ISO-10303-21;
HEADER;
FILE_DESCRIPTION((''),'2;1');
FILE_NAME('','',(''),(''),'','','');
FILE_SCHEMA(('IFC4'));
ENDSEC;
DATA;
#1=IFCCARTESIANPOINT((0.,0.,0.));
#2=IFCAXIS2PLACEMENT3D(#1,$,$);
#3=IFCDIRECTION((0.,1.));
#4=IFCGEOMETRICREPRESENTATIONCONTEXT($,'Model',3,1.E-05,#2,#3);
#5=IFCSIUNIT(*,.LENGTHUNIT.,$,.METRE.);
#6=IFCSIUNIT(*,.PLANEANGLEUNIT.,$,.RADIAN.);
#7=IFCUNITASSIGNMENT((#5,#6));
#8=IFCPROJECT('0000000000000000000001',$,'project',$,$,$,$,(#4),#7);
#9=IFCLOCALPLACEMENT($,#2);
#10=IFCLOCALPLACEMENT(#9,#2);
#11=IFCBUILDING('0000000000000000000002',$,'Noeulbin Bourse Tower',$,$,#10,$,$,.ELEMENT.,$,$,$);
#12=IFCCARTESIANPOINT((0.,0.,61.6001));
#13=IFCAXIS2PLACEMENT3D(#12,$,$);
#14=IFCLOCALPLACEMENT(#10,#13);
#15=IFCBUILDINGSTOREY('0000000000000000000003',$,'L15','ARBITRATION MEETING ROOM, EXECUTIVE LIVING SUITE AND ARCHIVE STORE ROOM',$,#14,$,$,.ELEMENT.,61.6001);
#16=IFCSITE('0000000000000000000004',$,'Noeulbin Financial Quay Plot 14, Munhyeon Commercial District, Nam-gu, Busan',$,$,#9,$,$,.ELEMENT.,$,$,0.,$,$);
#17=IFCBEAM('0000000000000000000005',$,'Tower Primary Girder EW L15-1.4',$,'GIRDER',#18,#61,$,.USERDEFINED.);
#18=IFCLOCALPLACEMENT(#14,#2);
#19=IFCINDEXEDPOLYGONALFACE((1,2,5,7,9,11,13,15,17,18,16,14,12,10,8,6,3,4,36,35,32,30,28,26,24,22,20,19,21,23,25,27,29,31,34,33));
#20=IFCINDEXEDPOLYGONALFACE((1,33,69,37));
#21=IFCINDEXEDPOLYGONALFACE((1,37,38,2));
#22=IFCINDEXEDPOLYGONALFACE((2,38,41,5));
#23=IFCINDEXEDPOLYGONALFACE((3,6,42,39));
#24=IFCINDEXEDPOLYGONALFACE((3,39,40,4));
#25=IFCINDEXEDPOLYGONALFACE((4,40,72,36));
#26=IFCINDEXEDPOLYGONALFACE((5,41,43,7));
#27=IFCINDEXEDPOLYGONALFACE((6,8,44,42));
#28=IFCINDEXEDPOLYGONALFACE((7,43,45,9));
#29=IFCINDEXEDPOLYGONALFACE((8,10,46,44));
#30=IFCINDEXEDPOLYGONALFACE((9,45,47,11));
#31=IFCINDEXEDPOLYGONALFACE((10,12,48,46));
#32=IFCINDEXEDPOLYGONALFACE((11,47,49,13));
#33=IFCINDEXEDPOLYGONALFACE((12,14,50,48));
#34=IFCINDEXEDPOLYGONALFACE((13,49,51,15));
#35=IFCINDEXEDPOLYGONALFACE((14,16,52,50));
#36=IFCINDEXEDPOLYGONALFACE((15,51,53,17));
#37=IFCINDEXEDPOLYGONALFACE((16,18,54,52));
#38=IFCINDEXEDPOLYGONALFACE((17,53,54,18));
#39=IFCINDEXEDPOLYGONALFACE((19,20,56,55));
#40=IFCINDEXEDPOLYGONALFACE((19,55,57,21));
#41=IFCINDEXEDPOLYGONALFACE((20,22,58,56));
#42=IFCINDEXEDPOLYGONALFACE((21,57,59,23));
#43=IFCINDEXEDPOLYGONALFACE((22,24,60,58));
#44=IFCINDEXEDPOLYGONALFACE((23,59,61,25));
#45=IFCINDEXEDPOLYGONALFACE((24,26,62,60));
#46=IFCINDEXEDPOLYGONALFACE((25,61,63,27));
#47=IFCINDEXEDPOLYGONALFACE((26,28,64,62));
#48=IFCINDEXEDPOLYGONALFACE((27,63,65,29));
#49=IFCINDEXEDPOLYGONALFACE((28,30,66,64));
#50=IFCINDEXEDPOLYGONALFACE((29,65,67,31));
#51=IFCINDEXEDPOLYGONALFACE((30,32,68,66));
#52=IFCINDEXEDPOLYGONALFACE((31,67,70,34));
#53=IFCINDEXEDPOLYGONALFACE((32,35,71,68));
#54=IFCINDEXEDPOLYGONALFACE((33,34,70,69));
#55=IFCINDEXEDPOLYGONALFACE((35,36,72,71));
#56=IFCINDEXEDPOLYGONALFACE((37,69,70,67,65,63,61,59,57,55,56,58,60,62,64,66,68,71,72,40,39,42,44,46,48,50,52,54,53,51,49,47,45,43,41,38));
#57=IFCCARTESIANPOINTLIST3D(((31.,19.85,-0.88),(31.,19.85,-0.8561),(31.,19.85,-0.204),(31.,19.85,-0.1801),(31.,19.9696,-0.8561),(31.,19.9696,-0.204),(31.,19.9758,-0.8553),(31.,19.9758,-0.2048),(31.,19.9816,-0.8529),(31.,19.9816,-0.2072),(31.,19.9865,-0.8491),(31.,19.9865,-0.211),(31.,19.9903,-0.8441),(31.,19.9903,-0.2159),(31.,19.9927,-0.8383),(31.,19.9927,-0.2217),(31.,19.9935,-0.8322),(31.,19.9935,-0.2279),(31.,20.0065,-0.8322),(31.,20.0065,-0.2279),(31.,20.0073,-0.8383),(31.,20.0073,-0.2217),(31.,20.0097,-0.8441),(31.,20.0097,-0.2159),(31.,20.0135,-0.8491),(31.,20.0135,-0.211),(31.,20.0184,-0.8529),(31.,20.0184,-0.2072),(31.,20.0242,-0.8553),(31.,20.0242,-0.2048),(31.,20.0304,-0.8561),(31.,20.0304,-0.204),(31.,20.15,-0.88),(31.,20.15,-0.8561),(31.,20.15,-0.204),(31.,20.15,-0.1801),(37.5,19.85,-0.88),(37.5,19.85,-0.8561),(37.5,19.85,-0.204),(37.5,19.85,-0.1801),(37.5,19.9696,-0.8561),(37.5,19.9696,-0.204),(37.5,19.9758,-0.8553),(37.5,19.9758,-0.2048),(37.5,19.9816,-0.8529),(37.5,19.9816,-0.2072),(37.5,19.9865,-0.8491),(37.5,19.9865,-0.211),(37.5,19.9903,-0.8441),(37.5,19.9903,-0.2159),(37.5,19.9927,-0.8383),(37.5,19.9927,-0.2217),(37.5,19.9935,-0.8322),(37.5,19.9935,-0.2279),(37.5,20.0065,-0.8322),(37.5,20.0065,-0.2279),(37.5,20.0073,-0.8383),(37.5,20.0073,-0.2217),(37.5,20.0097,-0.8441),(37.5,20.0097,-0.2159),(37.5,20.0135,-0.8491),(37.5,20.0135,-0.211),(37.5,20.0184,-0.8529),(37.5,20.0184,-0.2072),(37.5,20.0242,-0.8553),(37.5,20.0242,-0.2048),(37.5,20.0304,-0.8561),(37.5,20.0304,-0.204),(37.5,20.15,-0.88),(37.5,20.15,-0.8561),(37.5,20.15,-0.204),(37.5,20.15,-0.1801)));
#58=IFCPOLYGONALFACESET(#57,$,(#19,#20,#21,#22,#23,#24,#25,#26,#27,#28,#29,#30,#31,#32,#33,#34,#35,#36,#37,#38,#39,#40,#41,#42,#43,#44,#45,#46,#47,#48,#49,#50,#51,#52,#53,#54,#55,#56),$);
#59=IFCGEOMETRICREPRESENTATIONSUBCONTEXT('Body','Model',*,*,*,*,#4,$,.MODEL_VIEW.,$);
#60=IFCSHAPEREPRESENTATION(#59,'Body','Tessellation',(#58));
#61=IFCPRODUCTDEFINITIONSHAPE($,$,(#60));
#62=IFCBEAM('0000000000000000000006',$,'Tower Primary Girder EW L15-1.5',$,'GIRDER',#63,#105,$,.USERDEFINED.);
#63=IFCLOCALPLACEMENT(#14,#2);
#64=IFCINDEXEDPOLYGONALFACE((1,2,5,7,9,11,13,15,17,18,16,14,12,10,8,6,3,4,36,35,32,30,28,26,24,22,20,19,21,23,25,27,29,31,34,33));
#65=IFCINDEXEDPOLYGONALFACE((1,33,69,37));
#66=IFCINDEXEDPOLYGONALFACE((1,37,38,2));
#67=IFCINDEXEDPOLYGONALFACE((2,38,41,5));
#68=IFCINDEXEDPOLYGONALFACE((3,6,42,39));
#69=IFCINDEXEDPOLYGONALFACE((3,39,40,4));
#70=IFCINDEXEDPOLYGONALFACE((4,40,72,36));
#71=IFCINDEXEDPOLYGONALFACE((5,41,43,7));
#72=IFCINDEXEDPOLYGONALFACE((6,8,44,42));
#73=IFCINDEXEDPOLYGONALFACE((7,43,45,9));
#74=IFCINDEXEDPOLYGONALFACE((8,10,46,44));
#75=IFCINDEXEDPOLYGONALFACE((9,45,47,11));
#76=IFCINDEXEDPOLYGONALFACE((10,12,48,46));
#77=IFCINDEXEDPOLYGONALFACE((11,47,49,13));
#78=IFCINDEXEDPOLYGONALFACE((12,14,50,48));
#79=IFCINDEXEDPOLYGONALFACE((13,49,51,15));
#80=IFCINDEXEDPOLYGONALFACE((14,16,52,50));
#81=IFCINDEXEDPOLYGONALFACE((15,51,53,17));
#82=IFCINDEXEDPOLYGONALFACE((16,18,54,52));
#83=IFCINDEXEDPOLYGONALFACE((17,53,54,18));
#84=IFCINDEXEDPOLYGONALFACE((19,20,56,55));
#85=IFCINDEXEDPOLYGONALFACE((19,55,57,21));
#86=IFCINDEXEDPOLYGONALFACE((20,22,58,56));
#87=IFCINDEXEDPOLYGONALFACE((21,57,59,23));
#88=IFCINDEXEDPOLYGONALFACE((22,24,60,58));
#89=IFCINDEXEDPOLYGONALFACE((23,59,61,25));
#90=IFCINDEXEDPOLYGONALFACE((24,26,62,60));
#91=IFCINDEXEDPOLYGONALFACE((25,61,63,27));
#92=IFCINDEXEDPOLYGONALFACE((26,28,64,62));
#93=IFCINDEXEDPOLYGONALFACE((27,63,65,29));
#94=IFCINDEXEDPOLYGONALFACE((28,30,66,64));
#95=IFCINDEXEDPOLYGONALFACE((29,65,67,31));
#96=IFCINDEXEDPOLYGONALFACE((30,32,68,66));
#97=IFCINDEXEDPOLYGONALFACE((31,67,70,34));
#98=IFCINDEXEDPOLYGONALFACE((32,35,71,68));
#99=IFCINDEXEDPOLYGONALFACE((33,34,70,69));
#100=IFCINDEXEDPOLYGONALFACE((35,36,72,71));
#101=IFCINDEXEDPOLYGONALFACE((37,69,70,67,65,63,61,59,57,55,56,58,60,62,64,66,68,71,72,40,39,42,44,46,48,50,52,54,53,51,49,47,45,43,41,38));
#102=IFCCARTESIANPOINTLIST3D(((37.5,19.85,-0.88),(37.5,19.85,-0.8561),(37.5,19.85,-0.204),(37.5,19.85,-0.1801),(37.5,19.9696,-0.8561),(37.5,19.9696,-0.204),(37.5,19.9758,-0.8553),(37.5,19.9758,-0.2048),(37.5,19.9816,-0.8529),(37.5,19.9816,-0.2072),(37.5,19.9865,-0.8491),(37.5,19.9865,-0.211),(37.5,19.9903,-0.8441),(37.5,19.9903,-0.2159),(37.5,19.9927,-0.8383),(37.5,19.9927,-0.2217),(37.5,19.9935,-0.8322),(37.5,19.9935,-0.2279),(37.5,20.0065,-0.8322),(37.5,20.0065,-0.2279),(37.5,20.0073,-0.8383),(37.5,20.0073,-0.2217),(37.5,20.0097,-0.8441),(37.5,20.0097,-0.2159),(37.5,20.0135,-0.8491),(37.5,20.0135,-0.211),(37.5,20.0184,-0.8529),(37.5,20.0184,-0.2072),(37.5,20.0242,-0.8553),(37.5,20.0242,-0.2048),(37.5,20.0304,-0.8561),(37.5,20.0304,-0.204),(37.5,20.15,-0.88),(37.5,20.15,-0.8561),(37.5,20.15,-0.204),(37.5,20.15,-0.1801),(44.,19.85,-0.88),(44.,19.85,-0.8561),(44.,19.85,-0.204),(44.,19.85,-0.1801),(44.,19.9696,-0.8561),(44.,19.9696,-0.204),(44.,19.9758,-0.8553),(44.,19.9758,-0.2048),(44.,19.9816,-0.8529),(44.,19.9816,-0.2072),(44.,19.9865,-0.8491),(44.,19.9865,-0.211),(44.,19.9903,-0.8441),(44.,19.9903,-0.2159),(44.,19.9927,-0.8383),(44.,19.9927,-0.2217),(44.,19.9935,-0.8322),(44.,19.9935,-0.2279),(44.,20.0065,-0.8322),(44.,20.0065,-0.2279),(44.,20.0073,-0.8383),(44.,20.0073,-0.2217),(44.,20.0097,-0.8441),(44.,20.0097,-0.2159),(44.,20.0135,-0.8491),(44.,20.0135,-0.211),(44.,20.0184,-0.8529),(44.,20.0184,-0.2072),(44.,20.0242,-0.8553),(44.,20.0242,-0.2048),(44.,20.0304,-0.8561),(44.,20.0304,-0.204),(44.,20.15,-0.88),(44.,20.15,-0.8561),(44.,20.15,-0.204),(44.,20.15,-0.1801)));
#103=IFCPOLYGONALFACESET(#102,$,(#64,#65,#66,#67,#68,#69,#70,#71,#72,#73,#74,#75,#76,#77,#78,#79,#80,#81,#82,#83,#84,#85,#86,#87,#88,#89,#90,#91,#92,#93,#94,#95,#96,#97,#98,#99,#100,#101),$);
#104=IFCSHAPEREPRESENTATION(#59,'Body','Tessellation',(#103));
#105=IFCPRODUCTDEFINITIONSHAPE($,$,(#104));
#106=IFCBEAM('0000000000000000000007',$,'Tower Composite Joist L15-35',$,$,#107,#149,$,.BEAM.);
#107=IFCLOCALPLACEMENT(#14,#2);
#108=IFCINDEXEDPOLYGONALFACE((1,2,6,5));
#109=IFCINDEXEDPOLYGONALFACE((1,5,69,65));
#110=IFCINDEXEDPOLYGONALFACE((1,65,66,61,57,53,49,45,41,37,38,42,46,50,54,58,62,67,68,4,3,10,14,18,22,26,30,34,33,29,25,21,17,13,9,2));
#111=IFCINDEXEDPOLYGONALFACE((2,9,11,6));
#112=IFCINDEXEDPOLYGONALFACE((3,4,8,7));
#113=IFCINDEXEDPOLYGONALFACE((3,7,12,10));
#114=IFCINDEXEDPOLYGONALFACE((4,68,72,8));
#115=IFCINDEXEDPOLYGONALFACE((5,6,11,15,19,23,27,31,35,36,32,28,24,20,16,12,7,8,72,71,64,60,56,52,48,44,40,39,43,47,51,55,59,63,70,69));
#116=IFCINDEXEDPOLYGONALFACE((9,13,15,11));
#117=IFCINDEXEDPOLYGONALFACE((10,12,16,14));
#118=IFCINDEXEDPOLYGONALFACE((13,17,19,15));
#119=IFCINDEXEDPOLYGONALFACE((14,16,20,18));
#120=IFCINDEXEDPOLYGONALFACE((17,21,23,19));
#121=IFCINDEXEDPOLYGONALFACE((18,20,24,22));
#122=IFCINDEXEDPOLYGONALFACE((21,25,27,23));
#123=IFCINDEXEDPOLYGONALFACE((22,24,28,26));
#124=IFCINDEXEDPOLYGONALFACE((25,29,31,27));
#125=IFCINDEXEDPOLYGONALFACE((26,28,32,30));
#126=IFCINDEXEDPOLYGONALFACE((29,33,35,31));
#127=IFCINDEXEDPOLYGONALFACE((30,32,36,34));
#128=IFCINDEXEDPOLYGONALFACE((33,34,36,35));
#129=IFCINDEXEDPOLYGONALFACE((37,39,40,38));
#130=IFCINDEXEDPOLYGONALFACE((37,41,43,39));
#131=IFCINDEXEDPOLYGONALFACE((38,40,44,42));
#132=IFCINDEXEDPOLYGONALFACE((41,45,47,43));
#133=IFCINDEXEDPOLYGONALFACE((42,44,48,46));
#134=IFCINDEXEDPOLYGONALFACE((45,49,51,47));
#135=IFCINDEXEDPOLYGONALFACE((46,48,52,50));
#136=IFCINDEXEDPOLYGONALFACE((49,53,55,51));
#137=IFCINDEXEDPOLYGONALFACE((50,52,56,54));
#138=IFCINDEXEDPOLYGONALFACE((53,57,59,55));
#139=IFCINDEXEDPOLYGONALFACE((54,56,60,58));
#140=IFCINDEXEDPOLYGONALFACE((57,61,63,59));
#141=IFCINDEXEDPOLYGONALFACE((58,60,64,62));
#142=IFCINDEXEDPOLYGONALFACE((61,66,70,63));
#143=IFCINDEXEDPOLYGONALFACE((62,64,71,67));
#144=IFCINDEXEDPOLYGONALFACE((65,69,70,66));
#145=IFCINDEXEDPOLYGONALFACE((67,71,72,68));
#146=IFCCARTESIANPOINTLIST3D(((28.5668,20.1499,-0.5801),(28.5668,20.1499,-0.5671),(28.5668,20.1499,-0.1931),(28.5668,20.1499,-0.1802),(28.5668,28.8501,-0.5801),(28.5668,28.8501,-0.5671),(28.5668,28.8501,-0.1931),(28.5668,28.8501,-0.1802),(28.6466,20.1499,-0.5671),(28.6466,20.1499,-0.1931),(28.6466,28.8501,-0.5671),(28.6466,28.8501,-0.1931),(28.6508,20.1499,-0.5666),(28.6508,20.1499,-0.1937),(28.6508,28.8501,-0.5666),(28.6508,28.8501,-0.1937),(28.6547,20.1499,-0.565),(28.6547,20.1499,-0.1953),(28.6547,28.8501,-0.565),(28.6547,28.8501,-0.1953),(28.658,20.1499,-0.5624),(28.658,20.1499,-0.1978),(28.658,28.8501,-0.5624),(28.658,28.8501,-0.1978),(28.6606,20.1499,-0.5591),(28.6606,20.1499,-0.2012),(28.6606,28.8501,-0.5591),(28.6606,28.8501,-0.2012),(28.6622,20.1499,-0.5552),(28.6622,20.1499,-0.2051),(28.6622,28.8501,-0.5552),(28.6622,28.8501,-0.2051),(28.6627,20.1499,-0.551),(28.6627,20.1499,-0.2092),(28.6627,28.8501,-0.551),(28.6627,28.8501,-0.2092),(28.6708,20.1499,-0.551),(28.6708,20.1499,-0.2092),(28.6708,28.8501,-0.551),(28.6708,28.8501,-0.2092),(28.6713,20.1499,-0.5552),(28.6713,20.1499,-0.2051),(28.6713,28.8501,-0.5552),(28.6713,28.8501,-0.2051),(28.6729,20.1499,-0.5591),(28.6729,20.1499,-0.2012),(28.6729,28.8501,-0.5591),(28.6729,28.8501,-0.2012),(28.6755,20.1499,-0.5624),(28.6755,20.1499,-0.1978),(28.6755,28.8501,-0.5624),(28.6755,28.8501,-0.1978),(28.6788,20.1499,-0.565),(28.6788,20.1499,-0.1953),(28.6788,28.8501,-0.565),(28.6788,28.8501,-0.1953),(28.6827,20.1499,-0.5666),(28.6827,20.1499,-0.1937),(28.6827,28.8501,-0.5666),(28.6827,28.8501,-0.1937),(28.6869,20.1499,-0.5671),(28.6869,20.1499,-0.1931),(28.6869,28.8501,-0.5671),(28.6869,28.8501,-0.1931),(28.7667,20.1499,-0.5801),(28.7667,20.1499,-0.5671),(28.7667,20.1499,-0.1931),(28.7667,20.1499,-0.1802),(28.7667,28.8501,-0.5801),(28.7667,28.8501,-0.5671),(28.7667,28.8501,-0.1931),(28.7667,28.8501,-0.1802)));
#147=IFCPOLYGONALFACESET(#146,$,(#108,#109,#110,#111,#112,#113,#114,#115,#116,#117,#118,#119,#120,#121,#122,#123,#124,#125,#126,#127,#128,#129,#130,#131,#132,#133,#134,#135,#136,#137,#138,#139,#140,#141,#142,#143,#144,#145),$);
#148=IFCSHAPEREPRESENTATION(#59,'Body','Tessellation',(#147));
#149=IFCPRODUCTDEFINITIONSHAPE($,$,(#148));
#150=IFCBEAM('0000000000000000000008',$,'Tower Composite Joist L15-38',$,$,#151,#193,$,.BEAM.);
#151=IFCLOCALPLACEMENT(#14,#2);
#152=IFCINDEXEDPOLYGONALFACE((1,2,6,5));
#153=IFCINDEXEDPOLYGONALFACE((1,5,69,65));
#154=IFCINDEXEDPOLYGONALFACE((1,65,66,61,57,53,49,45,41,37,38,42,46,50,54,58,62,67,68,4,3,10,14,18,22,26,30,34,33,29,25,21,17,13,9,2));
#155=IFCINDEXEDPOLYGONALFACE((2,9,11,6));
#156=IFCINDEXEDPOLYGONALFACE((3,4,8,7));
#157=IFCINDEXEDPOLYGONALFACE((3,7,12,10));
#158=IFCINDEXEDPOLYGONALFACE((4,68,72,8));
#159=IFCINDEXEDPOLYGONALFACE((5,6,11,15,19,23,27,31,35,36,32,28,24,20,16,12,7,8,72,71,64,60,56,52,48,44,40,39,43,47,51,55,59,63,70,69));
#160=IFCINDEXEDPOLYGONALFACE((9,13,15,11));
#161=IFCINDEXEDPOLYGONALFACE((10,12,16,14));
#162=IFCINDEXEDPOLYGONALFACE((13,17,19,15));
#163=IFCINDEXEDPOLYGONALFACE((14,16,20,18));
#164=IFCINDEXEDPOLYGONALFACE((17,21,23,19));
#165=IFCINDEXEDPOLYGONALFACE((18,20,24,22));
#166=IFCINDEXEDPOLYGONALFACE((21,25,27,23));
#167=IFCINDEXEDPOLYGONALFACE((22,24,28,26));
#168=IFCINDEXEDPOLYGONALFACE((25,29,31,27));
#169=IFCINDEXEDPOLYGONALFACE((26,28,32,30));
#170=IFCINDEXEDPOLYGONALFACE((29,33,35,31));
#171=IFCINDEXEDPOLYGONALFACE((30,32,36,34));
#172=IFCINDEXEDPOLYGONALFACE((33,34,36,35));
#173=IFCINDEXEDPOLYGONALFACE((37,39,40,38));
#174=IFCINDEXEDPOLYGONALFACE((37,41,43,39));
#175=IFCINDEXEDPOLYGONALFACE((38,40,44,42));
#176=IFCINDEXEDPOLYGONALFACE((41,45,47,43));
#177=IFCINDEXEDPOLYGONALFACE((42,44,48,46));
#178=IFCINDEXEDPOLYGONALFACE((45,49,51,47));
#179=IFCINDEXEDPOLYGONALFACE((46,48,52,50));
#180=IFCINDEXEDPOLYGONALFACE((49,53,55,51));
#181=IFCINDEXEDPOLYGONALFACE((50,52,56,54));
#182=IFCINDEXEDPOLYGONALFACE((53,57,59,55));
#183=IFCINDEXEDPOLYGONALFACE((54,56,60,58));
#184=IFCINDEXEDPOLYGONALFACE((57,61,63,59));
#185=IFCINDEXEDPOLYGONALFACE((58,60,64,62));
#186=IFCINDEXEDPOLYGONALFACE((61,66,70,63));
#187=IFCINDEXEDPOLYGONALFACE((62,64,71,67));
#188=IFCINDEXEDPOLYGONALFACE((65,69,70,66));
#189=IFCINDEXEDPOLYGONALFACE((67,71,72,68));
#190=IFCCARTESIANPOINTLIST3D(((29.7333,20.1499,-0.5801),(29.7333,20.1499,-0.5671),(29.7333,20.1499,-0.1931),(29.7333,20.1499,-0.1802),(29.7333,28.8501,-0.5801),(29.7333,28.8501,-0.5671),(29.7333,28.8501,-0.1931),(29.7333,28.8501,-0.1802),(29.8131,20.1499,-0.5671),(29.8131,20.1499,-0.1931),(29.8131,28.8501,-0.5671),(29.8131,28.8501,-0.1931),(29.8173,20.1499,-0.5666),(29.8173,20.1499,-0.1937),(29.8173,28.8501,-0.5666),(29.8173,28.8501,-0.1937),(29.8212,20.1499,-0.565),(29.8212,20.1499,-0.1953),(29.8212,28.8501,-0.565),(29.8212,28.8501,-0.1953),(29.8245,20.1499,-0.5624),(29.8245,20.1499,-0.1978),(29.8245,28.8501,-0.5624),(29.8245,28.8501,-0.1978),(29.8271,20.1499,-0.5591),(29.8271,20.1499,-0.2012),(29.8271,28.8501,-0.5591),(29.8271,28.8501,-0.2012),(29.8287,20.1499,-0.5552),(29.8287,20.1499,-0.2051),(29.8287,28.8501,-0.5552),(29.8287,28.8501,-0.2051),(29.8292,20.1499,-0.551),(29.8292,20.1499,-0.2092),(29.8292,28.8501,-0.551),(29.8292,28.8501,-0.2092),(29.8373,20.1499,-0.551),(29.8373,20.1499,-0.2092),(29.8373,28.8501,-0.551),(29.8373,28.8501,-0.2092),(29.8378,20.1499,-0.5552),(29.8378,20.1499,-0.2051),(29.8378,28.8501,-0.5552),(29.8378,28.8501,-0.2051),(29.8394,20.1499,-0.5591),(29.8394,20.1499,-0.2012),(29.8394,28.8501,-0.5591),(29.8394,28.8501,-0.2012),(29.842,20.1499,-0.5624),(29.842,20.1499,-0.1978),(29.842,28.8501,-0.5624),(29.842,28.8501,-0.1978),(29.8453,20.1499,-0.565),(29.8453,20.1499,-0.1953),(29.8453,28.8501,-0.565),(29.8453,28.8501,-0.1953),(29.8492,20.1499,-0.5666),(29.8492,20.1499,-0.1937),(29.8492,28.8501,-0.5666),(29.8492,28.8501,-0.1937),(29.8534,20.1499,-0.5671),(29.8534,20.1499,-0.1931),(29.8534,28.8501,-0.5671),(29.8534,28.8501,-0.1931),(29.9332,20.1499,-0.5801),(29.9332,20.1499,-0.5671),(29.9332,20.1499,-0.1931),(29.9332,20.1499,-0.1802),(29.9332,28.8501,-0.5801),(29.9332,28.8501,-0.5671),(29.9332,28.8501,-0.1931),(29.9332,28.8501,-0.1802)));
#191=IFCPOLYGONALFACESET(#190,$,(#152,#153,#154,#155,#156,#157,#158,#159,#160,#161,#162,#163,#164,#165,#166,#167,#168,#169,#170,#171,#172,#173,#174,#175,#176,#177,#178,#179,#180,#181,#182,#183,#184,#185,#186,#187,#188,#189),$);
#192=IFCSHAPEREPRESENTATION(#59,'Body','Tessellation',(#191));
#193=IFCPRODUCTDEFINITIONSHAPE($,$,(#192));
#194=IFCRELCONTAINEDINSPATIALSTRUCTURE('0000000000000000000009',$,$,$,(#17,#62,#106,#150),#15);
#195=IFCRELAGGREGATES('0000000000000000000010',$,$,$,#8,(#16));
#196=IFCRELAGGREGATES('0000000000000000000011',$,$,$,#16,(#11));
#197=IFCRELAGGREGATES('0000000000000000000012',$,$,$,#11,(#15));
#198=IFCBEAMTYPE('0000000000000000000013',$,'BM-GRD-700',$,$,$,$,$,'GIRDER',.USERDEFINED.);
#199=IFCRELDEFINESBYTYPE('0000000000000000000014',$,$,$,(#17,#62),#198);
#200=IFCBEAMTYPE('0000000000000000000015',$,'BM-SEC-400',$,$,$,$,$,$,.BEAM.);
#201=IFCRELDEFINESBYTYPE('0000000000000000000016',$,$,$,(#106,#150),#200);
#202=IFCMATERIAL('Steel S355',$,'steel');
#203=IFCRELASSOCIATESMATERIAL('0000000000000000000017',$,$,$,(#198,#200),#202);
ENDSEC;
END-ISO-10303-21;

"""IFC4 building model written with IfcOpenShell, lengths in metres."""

from ifc_helpers import new_model, si_unit, direction, frame, origin, origin_2d, place, context, subcontext, project, spatial, i_section, extrude, material, material_profile, profile_set, type_object, element, save


model = new_model("IFC4")

# Units and contexts
model_context = context("Model", 3, precision=1e-05, world=origin(), true_north=direction((0.0, 1.0)))
body_context = subcontext(model_context, "Body", "Model", "MODEL_VIEW")
ifc_project = project(units=[si_unit("LENGTHUNIT", "METRE"), si_unit("PLANEANGLEUNIT", "RADIAN")], contexts=[model_context])

# Site, building, storey
site_placement = place(None, origin())
site = spatial("IfcSite", under=ifc_project, at=site_placement, Name="Noeulbin Financial Quay Plot 14, Munhyeon Commercial District, Nam-gu, Busan", CompositionType="ELEMENT", RefElevation=0.0)
building_placement = place(site_placement, origin())
building = spatial("IfcBuilding", under=site, at=building_placement, Name="Noeulbin Bourse Tower", CompositionType="ELEMENT")
storey_placement = place(building_placement, frame((0.0, 0.0, 61.6001)))
storey = spatial("IfcBuildingStorey", under=building, at=storey_placement, Name="L15", Description="ARBITRATION MEETING ROOM, EXECUTIVE LIVING SUITE AND ARCHIVE STORE ROOM", CompositionType="ELEMENT", Elevation=61.6001)

# Beams
ifc_material_1 = material(Name="Steel S355", Category="steel")
ifc_material_profile_1 = material_profile(ifc_material_1, i_section(OverallWidth=0.3, OverallDepth=0.7, WebThickness=0.0129, FlangeThickness=0.0239, FilletRadius=0.0239, at=origin_2d()), Name="H-700x300x13x24", Category="LoadBearing")
ifc_profile_set_1 = profile_set([ifc_material_profile_1], Name="Steel S355")
beam_type_1 = type_object("IfcBeamType", Name="BM-GRD-700", ElementType="GIRDER", PredefinedType="USERDEFINED", material=ifc_profile_set_1)
for number, where, z_axis, x_axis, name in (
    (1, (31.0, 20.0, -0.53), (1.0, 0.0, 0.0), (0.0, 1.0, 0.0), "Tower Primary Girder EW L15-1.4"),
    (2, (37.5, 20.0, -0.53), (1.0, 0.0, 0.0), (0.0, 1.0, 0.0), "Tower Primary Girder EW L15-1.5"),
):
    element("IfcBeam", number, at=place(storey_placement, frame(where, z_axis=z_axis, x_axis=x_axis)), inside=storey, type_object=beam_type_1, Name=name, ObjectType="GIRDER", PredefinedType="USERDEFINED", context=body_context, shape_type="SweptSolid", body=[
        extrude(i_section(OverallWidth=0.3, OverallDepth=0.7, WebThickness=0.0129, FlangeThickness=0.0239, FilletRadius=0.0239, at=origin_2d()), origin(), (0.0, 0.0, 1.0), 6.5),
    ])
ifc_material_profile_2 = material_profile(ifc_material_1, i_section(OverallWidth=0.2, OverallDepth=0.3999, WebThickness=0.0081, FlangeThickness=0.0129, FilletRadius=0.0161, at=origin_2d()), Name="H-400x200x8x13", Category="LoadBearing")
ifc_profile_set_2 = profile_set([ifc_material_profile_2], Name="Steel S355")
beam_type_2 = type_object("IfcBeamType", Name="BM-SEC-400", PredefinedType="BEAM", material=ifc_profile_set_2)
for number, where, z_axis, x_axis, name in (
    (3, (28.6667, 20.1499, -0.3801), (0.0, 1.0, 0.0), (-1.0, 0.0, 0.0), "Tower Composite Joist L15-35"),
    (4, (29.8333, 20.1499, -0.3801), (0.0, 1.0, 0.0), (-1.0, 0.0, 0.0), "Tower Composite Joist L15-38"),
):
    element("IfcBeam", number, at=place(storey_placement, frame(where, z_axis=z_axis, x_axis=x_axis)), inside=storey, type_object=beam_type_2, Name=name, PredefinedType="BEAM", context=body_context, shape_type="SweptSolid", body=[
        extrude(i_section(OverallWidth=0.2, OverallDepth=0.3999, WebThickness=0.0081, FlangeThickness=0.0129, FilletRadius=0.0161, at=origin_2d()), origin(), (0.0, 0.0, 1.0), 8.7002),
    ])

save(model, "model.ifc")
